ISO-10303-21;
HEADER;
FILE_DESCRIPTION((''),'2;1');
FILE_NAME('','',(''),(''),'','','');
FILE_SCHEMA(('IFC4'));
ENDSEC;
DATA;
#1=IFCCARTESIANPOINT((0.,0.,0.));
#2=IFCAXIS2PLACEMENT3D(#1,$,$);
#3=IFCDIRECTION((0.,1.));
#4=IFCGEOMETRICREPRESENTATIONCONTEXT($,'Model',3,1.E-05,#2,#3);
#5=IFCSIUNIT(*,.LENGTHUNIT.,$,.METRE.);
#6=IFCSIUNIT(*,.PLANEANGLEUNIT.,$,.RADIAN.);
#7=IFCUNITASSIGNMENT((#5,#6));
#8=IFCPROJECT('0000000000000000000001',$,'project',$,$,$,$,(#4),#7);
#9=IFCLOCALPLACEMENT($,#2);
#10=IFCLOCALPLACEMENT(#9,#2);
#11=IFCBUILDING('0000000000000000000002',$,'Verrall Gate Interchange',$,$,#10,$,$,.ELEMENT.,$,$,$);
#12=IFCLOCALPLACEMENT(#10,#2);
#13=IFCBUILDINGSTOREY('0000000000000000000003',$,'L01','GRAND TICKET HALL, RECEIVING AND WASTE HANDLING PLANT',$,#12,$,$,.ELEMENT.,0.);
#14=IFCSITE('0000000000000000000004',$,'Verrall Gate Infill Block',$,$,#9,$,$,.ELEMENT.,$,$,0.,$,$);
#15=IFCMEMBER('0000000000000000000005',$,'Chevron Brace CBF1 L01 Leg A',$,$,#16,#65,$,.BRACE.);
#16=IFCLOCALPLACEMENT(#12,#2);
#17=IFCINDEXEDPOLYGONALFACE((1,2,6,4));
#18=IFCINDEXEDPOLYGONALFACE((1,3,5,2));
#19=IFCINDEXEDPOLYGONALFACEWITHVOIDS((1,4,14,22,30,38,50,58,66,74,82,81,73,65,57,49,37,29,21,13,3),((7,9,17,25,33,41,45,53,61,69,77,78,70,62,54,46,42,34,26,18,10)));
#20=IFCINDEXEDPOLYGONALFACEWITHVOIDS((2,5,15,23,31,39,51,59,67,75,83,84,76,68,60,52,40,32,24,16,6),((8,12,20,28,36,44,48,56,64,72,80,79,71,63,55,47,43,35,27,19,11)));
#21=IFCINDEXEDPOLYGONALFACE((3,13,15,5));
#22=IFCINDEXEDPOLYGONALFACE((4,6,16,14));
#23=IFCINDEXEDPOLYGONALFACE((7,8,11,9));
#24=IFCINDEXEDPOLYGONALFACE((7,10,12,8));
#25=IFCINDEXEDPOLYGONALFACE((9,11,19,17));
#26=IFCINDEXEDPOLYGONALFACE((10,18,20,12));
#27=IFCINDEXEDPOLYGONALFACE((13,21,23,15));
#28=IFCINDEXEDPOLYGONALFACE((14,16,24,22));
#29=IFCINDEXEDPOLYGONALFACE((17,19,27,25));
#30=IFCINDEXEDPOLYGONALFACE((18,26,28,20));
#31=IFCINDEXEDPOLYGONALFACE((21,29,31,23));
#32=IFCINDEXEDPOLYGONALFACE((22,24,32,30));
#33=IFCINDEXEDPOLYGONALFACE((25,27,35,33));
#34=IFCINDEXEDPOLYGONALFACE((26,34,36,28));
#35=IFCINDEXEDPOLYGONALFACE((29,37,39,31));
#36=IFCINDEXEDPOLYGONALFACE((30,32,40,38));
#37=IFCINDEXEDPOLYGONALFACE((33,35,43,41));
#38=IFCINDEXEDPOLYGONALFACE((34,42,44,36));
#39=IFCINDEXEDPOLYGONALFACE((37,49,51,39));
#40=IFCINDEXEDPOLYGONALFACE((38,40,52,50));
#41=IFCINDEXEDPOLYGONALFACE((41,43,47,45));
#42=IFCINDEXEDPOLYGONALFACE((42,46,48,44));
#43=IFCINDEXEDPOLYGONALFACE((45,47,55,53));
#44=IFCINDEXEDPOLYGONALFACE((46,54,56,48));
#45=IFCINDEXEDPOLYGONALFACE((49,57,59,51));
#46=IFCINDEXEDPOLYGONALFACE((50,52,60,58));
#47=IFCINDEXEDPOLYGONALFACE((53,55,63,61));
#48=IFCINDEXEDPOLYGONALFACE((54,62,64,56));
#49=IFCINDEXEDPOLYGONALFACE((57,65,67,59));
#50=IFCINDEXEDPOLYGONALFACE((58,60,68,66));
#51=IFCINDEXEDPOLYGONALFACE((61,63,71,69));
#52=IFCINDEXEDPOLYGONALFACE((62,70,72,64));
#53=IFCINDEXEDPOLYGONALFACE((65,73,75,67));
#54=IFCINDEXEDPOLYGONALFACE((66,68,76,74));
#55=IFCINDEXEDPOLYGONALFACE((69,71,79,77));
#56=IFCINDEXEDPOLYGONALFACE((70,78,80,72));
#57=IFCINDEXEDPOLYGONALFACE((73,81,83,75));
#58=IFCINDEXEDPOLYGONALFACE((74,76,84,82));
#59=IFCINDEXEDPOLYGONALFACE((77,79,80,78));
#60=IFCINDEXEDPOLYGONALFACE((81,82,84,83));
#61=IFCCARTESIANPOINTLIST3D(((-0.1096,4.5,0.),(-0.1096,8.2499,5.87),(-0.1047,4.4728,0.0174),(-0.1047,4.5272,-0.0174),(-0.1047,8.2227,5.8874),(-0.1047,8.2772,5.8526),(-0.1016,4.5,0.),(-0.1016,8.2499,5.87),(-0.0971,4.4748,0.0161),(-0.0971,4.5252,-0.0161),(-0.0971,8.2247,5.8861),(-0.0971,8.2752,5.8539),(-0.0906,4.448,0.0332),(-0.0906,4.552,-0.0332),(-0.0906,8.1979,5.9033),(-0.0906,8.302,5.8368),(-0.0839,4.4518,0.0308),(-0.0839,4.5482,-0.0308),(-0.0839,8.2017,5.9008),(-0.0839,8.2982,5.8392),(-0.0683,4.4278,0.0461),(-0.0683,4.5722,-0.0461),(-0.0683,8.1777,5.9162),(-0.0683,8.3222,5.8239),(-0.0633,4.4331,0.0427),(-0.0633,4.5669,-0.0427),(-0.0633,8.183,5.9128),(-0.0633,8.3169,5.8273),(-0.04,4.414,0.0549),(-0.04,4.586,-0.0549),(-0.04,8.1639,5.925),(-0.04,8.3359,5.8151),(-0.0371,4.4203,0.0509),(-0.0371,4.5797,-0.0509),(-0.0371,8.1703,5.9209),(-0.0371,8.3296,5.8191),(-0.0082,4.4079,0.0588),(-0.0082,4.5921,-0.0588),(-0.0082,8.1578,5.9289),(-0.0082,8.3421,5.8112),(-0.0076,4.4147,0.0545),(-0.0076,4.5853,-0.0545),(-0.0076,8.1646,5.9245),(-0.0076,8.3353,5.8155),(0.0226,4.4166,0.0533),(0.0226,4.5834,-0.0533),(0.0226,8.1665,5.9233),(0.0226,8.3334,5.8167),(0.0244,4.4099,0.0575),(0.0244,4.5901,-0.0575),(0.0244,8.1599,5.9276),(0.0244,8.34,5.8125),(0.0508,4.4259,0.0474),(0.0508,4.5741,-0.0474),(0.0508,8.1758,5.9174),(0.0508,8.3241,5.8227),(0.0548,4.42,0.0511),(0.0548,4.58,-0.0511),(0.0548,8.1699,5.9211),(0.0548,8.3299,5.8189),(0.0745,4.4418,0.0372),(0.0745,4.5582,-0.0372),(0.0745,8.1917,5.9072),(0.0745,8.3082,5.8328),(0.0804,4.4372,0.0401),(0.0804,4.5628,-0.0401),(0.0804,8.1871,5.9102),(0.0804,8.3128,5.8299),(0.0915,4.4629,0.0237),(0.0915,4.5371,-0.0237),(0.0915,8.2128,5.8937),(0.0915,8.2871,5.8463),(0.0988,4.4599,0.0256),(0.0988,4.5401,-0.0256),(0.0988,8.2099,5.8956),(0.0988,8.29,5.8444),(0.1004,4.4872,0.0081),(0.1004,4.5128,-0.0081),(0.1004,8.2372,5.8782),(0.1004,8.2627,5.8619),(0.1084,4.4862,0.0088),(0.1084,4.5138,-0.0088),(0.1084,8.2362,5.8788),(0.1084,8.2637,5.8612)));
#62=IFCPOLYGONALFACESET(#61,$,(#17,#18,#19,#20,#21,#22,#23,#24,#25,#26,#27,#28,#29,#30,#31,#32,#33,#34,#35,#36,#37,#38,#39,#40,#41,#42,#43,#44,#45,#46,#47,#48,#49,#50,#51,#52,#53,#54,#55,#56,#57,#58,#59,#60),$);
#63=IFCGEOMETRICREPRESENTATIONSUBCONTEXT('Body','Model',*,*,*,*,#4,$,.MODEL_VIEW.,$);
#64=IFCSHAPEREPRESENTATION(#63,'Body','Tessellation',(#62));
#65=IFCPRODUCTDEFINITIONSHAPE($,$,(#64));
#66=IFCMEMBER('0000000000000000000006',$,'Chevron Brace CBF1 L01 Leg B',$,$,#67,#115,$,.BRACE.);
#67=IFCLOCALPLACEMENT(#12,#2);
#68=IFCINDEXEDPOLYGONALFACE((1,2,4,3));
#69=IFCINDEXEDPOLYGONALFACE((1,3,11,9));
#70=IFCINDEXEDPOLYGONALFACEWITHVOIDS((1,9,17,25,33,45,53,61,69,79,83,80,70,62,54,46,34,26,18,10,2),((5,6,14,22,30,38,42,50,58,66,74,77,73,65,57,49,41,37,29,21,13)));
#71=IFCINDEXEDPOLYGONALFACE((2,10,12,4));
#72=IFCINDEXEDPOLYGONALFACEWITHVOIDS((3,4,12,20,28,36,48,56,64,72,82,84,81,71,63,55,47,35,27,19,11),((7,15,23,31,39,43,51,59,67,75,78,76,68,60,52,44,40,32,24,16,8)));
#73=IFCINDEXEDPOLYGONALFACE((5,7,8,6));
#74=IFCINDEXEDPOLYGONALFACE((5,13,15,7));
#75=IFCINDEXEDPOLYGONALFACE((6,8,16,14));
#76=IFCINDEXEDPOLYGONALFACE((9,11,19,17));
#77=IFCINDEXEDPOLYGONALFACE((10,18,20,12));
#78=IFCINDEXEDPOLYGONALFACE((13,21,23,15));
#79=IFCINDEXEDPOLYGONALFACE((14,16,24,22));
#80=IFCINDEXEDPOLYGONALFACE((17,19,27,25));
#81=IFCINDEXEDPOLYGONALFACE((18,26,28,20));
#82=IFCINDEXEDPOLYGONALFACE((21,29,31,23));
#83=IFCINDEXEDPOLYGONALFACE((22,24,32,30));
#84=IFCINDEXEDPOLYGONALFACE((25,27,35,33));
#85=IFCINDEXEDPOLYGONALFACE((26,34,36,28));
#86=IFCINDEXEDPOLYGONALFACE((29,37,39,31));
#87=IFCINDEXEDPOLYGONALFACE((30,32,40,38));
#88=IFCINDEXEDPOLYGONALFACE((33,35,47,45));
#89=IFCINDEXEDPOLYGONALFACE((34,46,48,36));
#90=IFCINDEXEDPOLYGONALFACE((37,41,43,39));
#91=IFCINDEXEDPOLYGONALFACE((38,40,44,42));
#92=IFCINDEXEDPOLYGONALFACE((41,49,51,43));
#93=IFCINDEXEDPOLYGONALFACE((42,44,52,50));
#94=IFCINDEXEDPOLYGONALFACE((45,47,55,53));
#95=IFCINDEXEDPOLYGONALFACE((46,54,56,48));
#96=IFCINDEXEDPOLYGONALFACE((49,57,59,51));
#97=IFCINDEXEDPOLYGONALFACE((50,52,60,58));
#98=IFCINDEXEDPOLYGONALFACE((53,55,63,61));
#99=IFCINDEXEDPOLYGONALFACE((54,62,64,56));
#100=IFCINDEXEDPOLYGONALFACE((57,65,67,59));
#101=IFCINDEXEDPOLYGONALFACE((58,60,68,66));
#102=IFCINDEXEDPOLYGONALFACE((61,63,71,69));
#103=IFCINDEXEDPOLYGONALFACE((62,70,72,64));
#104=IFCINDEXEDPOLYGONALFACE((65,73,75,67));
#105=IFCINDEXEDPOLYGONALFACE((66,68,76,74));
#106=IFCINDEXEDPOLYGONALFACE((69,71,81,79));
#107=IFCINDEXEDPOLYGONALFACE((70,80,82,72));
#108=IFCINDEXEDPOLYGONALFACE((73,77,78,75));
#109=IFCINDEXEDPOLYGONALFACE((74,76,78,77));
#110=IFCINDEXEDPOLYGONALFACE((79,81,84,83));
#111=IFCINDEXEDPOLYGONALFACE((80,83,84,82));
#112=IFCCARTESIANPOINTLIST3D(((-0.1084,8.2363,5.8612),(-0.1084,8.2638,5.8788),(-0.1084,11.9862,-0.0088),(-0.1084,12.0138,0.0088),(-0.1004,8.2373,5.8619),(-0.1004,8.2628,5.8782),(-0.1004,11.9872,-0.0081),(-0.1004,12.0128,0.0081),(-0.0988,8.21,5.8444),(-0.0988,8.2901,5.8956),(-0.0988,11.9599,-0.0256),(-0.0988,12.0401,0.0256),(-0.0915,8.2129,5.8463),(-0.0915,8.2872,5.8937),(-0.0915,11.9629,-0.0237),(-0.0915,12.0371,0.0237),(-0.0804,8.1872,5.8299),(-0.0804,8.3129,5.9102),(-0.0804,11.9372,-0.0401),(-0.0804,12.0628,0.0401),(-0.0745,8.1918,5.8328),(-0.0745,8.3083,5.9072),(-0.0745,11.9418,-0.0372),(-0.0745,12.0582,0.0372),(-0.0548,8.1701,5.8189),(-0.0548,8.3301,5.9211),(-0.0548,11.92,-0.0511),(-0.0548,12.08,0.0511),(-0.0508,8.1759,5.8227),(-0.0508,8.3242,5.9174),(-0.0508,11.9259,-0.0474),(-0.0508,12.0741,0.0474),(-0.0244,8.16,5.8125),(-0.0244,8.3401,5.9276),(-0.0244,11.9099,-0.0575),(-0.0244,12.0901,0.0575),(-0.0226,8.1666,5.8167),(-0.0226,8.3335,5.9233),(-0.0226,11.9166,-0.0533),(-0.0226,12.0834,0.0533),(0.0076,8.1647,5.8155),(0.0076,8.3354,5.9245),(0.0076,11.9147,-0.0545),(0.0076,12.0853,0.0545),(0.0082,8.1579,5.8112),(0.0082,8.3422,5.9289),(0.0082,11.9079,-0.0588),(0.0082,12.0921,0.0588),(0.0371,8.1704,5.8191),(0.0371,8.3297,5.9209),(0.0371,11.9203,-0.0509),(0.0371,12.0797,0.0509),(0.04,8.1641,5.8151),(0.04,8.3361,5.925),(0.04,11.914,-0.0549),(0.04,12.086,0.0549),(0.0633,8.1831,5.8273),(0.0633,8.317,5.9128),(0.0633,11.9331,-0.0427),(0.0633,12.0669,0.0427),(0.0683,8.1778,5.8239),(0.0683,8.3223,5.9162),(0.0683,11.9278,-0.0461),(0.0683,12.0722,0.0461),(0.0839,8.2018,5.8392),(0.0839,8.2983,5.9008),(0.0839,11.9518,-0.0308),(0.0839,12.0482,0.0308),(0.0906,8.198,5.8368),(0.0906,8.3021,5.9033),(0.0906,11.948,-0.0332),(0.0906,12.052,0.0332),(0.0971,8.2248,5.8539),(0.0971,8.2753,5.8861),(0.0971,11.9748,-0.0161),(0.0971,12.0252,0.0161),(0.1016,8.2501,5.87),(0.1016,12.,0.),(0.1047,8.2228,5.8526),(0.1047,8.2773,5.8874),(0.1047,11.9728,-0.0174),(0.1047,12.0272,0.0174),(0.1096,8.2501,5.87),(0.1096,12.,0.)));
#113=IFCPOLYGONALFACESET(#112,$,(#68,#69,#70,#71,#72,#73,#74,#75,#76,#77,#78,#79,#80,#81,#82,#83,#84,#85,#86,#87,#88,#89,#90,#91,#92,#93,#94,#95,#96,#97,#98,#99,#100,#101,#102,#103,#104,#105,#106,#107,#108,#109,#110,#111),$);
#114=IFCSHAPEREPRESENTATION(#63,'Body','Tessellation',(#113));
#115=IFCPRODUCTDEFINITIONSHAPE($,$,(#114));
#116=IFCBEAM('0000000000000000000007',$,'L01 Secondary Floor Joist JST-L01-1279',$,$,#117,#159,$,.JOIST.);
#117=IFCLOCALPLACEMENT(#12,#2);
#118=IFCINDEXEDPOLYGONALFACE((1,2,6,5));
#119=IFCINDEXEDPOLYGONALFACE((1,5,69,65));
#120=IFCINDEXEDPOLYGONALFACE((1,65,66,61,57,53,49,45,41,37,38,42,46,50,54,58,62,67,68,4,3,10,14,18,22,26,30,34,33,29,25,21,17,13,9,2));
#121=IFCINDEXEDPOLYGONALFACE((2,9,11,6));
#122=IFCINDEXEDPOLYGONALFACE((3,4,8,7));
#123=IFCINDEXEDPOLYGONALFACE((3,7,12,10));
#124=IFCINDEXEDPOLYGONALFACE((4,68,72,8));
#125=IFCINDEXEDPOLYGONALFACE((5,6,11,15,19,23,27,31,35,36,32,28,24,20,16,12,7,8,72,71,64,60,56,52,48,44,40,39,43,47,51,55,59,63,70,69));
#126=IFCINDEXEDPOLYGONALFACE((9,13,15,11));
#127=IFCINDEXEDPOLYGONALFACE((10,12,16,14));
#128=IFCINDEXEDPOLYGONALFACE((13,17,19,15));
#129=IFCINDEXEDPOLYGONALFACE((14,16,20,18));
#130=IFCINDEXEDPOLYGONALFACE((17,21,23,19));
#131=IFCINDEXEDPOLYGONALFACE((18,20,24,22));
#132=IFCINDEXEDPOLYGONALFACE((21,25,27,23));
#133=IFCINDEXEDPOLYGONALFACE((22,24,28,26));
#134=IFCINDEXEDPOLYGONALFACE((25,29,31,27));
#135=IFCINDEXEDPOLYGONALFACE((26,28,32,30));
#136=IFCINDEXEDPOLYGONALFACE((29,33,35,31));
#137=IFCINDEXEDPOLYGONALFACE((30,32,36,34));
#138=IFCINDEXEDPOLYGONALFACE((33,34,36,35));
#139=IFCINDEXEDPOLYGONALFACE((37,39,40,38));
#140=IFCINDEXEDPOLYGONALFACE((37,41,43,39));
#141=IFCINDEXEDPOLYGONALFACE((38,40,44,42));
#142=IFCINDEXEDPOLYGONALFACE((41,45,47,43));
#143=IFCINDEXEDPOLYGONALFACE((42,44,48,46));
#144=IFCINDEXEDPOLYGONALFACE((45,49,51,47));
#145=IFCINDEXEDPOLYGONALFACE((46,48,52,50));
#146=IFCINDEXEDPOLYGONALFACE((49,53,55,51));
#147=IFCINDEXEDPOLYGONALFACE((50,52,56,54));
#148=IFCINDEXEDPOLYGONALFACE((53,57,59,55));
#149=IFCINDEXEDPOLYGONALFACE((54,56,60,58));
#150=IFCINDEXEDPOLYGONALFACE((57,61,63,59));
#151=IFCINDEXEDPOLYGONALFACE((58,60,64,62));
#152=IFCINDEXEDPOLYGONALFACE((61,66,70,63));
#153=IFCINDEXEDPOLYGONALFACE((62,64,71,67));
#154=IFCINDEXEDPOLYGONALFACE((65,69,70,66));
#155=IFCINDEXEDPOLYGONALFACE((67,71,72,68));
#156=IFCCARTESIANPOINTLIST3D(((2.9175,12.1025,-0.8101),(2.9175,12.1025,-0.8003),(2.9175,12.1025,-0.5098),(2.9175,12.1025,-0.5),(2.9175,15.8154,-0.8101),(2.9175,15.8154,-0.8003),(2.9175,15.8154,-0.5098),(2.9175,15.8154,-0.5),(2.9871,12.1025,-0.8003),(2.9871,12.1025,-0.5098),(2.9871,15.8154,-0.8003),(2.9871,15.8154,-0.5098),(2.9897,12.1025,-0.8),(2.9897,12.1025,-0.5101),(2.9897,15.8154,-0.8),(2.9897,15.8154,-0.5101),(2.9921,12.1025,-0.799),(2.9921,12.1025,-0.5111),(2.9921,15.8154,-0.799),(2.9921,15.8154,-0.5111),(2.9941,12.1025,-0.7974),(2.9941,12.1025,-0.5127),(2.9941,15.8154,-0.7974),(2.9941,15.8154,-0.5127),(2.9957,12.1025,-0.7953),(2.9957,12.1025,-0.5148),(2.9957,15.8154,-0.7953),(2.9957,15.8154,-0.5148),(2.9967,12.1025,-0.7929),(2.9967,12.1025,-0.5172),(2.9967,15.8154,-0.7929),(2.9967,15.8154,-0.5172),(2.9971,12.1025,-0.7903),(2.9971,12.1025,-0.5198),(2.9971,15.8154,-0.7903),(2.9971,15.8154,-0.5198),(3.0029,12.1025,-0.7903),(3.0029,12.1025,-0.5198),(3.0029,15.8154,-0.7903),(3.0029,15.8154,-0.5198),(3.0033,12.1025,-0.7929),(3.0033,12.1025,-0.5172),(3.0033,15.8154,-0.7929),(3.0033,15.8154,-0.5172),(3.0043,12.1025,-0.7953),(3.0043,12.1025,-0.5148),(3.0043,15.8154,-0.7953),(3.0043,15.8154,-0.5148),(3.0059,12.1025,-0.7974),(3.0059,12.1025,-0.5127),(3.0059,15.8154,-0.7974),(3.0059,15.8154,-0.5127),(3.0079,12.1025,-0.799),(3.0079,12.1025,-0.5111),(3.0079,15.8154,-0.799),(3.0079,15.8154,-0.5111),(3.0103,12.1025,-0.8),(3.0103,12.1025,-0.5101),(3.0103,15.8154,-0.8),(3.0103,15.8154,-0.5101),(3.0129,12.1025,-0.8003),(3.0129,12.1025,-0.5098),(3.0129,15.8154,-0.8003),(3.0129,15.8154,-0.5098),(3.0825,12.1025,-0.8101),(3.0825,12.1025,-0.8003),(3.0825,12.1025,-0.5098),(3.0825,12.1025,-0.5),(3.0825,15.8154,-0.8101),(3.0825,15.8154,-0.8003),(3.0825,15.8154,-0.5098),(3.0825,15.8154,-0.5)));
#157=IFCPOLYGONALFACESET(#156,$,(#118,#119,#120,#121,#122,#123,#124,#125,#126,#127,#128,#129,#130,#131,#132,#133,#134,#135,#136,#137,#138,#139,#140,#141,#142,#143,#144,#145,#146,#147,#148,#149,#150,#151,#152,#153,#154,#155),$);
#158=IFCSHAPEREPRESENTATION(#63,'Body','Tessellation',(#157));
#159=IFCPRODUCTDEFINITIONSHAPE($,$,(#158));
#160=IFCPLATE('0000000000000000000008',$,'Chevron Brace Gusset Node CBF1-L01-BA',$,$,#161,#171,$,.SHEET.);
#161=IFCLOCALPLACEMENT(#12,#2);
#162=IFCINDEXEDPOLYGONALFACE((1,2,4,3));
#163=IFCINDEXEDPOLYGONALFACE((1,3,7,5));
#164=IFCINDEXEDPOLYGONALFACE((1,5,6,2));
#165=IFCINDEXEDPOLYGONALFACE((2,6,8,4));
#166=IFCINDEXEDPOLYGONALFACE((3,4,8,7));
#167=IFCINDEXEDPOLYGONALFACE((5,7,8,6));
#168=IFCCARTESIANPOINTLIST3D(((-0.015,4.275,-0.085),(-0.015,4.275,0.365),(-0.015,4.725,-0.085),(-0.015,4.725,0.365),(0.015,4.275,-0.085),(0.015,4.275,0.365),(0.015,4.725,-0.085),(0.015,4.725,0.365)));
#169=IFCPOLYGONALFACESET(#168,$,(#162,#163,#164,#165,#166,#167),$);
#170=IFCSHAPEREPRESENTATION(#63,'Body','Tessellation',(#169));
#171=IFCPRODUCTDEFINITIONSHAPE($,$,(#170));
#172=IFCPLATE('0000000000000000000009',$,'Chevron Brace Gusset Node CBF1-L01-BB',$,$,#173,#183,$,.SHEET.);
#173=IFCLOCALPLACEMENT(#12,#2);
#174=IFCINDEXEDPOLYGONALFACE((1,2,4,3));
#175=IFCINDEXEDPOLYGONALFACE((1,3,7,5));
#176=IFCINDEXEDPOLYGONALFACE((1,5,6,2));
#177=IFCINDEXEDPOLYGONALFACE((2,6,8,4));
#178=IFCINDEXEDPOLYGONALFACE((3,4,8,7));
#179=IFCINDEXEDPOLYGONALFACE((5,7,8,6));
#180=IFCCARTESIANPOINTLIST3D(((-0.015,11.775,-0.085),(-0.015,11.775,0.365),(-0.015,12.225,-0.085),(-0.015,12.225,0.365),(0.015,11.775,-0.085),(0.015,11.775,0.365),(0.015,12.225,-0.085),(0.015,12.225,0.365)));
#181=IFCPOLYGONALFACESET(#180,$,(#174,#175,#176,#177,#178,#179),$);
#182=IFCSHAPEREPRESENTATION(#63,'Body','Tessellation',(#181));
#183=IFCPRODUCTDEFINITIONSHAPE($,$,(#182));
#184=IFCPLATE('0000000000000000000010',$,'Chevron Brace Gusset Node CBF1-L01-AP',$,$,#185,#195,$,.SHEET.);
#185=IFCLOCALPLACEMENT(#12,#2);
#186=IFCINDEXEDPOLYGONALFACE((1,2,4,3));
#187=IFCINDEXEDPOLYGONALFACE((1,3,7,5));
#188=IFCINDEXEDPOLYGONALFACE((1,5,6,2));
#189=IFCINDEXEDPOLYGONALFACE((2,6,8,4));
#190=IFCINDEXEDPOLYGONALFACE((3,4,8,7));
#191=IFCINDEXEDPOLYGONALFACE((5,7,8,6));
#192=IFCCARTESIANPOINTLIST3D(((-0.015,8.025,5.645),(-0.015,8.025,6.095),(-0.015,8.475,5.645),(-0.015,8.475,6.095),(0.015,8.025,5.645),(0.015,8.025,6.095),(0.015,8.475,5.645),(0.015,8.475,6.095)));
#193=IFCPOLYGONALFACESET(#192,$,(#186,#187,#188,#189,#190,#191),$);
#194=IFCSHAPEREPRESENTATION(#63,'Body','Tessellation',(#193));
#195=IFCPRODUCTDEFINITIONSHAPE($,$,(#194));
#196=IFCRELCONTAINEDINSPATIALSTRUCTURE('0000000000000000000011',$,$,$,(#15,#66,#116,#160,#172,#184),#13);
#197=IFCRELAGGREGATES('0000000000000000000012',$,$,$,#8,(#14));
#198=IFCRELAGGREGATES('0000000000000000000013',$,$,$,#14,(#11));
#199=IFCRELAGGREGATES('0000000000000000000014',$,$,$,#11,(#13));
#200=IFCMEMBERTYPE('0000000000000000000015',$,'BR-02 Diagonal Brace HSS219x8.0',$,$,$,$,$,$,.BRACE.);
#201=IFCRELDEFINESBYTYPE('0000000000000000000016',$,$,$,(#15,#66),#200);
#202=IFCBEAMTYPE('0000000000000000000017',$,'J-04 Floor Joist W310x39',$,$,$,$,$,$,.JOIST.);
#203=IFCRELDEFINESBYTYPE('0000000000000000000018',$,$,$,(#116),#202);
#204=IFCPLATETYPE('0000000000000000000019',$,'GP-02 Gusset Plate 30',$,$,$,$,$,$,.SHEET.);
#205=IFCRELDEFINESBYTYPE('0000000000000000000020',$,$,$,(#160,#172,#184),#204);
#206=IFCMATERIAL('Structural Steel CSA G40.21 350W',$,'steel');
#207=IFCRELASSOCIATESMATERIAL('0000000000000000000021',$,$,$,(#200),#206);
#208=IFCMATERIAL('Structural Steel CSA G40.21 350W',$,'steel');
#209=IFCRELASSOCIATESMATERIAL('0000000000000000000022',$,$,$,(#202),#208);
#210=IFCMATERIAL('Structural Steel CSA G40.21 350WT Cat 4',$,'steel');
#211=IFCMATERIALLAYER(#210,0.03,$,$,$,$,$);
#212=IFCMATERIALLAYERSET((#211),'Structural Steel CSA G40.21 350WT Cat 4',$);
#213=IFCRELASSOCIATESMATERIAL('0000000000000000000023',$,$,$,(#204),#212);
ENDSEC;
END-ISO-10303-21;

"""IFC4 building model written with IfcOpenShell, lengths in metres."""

from ifc_helpers import new_model, si_unit, direction, frame, origin, origin_2d, place, context, subcontext, project, spatial, rectangle, hollow_circle, i_section, extrude, material, layer, layer_set, material_profile, profile_set, type_object, element, save


model = new_model("IFC4")

# Units and contexts
model_context = context("Model", 3, precision=1e-05, world=origin(), true_north=direction((0.0, 1.0)))
body_context = subcontext(model_context, "Body", "Model", "MODEL_VIEW")
ifc_project = project(units=[si_unit("LENGTHUNIT", "METRE"), si_unit("PLANEANGLEUNIT", "RADIAN")], contexts=[model_context])

# Site, building, storey
site_placement = place(None, origin())
site = spatial("IfcSite", under=ifc_project, at=site_placement, Name="Verrall Gate Infill Block", CompositionType="ELEMENT", RefElevation=0.0)
building_placement = place(site_placement, origin())
building = spatial("IfcBuilding", under=site, at=building_placement, Name="Verrall Gate Interchange", CompositionType="ELEMENT")
storey_placement = place(building_placement, origin())
storey = spatial("IfcBuildingStorey", under=building, at=storey_placement, Name="L01", Description="GRAND TICKET HALL, RECEIVING AND WASTE HANDLING PLANT", CompositionType="ELEMENT", Elevation=0.0)

# Members
ifc_material_1 = material(Name="Structural Steel CSA G40.21 350W", Category="steel")
ifc_material_profile_1 = material_profile(ifc_material_1, hollow_circle(Radius=0.1096, WallThickness=0.0081, at=origin_2d()), Name="HSS219x8.0")
ifc_profile_set_1 = profile_set([ifc_material_profile_1], Name="Structural Steel CSA G40.21 350W")
member_type = type_object("IfcMemberType", Name="BR-02 Diagonal Brace HSS219x8.0", PredefinedType="BRACE", material=ifc_profile_set_1)
for number, where, z_axis, x_axis, name in (
    (1, (0.0, 4.5, 0.0), (0.0, 0.538353, 0.842719), (-1.0, 0.0, 0.0), "Chevron Brace CBF1 L01 Leg A"),
    (2, (0.0, 12.0, 0.0), (0.0, -0.538353, 0.842719), (1.0, 0.0, 0.0), "Chevron Brace CBF1 L01 Leg B"),
):
    element("IfcMember", number, at=place(storey_placement, frame(where, z_axis=z_axis, x_axis=x_axis)), inside=storey, type_object=member_type, Name=name, PredefinedType="BRACE", context=body_context, shape_type="SweptSolid", body=[
        extrude(hollow_circle(Radius=0.1096, WallThickness=0.0081, at=origin_2d()), origin(), (0.0, 0.0, 1.0), 6.9656),
    ])

# Beam
ifc_material_2 = material(Name="Structural Steel CSA G40.21 350W", Category="steel")
ifc_material_profile_2 = material_profile(ifc_material_2, i_section(OverallWidth=0.165, OverallDepth=0.3101, WebThickness=0.0059, FlangeThickness=0.0098, FilletRadius=0.01, at=origin_2d()), Name="W310x39")
ifc_profile_set_2 = profile_set([ifc_material_profile_2], Name="Structural Steel CSA G40.21 350W")
beam_type_1 = type_object("IfcBeamType", Name="J-04 Floor Joist W310x39", PredefinedType="JOIST", material=ifc_profile_set_2)
beam_1_placement = place(storey_placement, frame((3.0, 12.1025, -0.655), z_axis=(0.0, 1.0, 0.0), x_axis=(-1.0, 0.0, 0.0)))
element("IfcBeam", 3, at=beam_1_placement, inside=storey, type_object=beam_type_1, Name="L01 Secondary Floor Joist JST-L01-1279", PredefinedType="JOIST", context=body_context, shape_type="SweptSolid", body=[
    extrude(i_section(OverallWidth=0.165, OverallDepth=0.3101, WebThickness=0.0059, FlangeThickness=0.0098, FilletRadius=0.01, at=origin_2d()), origin(), (0.0, 0.0, 1.0), 3.7129),
])

# Plates
ifc_material_3 = material(Name="Structural Steel CSA G40.21 350WT Cat 4", Category="steel")
ifc_layer_1 = layer(ifc_material_3, 0.03)
ifc_layer_set_1 = layer_set([ifc_layer_1], Name="Structural Steel CSA G40.21 350WT Cat 4")
plate_type = type_object("IfcPlateType", Name="GP-02 Gusset Plate 30", PredefinedType="SHEET", material=ifc_layer_set_1)
for number, where, z_axis, x_axis, name in (
    (4, (0.0, 4.5, -0.085), (0.0, 0.0, 1.0), (1.0, 0.0, 0.0), "Chevron Brace Gusset Node CBF1-L01-BA"),
    (5, (0.0, 12.0, -0.085), (0.0, 0.0, 1.0), (1.0, 0.0, 0.0), "Chevron Brace Gusset Node CBF1-L01-BB"),
    (6, (0.0, 8.25, 5.645), (0.0, 0.0, 1.0), (1.0, 0.0, 0.0), "Chevron Brace Gusset Node CBF1-L01-AP"),
):
    element("IfcPlate", number, at=place(storey_placement, frame(where, z_axis=z_axis, x_axis=x_axis)), inside=storey, type_object=plate_type, Name=name, PredefinedType="SHEET", context=body_context, shape_type="SweptSolid", body=[
        extrude(rectangle(XDim=0.03, YDim=0.45, at=origin_2d()), origin(), (0.0, 0.0, 1.0), 0.45),
    ])

save(model, "model.ifc")
